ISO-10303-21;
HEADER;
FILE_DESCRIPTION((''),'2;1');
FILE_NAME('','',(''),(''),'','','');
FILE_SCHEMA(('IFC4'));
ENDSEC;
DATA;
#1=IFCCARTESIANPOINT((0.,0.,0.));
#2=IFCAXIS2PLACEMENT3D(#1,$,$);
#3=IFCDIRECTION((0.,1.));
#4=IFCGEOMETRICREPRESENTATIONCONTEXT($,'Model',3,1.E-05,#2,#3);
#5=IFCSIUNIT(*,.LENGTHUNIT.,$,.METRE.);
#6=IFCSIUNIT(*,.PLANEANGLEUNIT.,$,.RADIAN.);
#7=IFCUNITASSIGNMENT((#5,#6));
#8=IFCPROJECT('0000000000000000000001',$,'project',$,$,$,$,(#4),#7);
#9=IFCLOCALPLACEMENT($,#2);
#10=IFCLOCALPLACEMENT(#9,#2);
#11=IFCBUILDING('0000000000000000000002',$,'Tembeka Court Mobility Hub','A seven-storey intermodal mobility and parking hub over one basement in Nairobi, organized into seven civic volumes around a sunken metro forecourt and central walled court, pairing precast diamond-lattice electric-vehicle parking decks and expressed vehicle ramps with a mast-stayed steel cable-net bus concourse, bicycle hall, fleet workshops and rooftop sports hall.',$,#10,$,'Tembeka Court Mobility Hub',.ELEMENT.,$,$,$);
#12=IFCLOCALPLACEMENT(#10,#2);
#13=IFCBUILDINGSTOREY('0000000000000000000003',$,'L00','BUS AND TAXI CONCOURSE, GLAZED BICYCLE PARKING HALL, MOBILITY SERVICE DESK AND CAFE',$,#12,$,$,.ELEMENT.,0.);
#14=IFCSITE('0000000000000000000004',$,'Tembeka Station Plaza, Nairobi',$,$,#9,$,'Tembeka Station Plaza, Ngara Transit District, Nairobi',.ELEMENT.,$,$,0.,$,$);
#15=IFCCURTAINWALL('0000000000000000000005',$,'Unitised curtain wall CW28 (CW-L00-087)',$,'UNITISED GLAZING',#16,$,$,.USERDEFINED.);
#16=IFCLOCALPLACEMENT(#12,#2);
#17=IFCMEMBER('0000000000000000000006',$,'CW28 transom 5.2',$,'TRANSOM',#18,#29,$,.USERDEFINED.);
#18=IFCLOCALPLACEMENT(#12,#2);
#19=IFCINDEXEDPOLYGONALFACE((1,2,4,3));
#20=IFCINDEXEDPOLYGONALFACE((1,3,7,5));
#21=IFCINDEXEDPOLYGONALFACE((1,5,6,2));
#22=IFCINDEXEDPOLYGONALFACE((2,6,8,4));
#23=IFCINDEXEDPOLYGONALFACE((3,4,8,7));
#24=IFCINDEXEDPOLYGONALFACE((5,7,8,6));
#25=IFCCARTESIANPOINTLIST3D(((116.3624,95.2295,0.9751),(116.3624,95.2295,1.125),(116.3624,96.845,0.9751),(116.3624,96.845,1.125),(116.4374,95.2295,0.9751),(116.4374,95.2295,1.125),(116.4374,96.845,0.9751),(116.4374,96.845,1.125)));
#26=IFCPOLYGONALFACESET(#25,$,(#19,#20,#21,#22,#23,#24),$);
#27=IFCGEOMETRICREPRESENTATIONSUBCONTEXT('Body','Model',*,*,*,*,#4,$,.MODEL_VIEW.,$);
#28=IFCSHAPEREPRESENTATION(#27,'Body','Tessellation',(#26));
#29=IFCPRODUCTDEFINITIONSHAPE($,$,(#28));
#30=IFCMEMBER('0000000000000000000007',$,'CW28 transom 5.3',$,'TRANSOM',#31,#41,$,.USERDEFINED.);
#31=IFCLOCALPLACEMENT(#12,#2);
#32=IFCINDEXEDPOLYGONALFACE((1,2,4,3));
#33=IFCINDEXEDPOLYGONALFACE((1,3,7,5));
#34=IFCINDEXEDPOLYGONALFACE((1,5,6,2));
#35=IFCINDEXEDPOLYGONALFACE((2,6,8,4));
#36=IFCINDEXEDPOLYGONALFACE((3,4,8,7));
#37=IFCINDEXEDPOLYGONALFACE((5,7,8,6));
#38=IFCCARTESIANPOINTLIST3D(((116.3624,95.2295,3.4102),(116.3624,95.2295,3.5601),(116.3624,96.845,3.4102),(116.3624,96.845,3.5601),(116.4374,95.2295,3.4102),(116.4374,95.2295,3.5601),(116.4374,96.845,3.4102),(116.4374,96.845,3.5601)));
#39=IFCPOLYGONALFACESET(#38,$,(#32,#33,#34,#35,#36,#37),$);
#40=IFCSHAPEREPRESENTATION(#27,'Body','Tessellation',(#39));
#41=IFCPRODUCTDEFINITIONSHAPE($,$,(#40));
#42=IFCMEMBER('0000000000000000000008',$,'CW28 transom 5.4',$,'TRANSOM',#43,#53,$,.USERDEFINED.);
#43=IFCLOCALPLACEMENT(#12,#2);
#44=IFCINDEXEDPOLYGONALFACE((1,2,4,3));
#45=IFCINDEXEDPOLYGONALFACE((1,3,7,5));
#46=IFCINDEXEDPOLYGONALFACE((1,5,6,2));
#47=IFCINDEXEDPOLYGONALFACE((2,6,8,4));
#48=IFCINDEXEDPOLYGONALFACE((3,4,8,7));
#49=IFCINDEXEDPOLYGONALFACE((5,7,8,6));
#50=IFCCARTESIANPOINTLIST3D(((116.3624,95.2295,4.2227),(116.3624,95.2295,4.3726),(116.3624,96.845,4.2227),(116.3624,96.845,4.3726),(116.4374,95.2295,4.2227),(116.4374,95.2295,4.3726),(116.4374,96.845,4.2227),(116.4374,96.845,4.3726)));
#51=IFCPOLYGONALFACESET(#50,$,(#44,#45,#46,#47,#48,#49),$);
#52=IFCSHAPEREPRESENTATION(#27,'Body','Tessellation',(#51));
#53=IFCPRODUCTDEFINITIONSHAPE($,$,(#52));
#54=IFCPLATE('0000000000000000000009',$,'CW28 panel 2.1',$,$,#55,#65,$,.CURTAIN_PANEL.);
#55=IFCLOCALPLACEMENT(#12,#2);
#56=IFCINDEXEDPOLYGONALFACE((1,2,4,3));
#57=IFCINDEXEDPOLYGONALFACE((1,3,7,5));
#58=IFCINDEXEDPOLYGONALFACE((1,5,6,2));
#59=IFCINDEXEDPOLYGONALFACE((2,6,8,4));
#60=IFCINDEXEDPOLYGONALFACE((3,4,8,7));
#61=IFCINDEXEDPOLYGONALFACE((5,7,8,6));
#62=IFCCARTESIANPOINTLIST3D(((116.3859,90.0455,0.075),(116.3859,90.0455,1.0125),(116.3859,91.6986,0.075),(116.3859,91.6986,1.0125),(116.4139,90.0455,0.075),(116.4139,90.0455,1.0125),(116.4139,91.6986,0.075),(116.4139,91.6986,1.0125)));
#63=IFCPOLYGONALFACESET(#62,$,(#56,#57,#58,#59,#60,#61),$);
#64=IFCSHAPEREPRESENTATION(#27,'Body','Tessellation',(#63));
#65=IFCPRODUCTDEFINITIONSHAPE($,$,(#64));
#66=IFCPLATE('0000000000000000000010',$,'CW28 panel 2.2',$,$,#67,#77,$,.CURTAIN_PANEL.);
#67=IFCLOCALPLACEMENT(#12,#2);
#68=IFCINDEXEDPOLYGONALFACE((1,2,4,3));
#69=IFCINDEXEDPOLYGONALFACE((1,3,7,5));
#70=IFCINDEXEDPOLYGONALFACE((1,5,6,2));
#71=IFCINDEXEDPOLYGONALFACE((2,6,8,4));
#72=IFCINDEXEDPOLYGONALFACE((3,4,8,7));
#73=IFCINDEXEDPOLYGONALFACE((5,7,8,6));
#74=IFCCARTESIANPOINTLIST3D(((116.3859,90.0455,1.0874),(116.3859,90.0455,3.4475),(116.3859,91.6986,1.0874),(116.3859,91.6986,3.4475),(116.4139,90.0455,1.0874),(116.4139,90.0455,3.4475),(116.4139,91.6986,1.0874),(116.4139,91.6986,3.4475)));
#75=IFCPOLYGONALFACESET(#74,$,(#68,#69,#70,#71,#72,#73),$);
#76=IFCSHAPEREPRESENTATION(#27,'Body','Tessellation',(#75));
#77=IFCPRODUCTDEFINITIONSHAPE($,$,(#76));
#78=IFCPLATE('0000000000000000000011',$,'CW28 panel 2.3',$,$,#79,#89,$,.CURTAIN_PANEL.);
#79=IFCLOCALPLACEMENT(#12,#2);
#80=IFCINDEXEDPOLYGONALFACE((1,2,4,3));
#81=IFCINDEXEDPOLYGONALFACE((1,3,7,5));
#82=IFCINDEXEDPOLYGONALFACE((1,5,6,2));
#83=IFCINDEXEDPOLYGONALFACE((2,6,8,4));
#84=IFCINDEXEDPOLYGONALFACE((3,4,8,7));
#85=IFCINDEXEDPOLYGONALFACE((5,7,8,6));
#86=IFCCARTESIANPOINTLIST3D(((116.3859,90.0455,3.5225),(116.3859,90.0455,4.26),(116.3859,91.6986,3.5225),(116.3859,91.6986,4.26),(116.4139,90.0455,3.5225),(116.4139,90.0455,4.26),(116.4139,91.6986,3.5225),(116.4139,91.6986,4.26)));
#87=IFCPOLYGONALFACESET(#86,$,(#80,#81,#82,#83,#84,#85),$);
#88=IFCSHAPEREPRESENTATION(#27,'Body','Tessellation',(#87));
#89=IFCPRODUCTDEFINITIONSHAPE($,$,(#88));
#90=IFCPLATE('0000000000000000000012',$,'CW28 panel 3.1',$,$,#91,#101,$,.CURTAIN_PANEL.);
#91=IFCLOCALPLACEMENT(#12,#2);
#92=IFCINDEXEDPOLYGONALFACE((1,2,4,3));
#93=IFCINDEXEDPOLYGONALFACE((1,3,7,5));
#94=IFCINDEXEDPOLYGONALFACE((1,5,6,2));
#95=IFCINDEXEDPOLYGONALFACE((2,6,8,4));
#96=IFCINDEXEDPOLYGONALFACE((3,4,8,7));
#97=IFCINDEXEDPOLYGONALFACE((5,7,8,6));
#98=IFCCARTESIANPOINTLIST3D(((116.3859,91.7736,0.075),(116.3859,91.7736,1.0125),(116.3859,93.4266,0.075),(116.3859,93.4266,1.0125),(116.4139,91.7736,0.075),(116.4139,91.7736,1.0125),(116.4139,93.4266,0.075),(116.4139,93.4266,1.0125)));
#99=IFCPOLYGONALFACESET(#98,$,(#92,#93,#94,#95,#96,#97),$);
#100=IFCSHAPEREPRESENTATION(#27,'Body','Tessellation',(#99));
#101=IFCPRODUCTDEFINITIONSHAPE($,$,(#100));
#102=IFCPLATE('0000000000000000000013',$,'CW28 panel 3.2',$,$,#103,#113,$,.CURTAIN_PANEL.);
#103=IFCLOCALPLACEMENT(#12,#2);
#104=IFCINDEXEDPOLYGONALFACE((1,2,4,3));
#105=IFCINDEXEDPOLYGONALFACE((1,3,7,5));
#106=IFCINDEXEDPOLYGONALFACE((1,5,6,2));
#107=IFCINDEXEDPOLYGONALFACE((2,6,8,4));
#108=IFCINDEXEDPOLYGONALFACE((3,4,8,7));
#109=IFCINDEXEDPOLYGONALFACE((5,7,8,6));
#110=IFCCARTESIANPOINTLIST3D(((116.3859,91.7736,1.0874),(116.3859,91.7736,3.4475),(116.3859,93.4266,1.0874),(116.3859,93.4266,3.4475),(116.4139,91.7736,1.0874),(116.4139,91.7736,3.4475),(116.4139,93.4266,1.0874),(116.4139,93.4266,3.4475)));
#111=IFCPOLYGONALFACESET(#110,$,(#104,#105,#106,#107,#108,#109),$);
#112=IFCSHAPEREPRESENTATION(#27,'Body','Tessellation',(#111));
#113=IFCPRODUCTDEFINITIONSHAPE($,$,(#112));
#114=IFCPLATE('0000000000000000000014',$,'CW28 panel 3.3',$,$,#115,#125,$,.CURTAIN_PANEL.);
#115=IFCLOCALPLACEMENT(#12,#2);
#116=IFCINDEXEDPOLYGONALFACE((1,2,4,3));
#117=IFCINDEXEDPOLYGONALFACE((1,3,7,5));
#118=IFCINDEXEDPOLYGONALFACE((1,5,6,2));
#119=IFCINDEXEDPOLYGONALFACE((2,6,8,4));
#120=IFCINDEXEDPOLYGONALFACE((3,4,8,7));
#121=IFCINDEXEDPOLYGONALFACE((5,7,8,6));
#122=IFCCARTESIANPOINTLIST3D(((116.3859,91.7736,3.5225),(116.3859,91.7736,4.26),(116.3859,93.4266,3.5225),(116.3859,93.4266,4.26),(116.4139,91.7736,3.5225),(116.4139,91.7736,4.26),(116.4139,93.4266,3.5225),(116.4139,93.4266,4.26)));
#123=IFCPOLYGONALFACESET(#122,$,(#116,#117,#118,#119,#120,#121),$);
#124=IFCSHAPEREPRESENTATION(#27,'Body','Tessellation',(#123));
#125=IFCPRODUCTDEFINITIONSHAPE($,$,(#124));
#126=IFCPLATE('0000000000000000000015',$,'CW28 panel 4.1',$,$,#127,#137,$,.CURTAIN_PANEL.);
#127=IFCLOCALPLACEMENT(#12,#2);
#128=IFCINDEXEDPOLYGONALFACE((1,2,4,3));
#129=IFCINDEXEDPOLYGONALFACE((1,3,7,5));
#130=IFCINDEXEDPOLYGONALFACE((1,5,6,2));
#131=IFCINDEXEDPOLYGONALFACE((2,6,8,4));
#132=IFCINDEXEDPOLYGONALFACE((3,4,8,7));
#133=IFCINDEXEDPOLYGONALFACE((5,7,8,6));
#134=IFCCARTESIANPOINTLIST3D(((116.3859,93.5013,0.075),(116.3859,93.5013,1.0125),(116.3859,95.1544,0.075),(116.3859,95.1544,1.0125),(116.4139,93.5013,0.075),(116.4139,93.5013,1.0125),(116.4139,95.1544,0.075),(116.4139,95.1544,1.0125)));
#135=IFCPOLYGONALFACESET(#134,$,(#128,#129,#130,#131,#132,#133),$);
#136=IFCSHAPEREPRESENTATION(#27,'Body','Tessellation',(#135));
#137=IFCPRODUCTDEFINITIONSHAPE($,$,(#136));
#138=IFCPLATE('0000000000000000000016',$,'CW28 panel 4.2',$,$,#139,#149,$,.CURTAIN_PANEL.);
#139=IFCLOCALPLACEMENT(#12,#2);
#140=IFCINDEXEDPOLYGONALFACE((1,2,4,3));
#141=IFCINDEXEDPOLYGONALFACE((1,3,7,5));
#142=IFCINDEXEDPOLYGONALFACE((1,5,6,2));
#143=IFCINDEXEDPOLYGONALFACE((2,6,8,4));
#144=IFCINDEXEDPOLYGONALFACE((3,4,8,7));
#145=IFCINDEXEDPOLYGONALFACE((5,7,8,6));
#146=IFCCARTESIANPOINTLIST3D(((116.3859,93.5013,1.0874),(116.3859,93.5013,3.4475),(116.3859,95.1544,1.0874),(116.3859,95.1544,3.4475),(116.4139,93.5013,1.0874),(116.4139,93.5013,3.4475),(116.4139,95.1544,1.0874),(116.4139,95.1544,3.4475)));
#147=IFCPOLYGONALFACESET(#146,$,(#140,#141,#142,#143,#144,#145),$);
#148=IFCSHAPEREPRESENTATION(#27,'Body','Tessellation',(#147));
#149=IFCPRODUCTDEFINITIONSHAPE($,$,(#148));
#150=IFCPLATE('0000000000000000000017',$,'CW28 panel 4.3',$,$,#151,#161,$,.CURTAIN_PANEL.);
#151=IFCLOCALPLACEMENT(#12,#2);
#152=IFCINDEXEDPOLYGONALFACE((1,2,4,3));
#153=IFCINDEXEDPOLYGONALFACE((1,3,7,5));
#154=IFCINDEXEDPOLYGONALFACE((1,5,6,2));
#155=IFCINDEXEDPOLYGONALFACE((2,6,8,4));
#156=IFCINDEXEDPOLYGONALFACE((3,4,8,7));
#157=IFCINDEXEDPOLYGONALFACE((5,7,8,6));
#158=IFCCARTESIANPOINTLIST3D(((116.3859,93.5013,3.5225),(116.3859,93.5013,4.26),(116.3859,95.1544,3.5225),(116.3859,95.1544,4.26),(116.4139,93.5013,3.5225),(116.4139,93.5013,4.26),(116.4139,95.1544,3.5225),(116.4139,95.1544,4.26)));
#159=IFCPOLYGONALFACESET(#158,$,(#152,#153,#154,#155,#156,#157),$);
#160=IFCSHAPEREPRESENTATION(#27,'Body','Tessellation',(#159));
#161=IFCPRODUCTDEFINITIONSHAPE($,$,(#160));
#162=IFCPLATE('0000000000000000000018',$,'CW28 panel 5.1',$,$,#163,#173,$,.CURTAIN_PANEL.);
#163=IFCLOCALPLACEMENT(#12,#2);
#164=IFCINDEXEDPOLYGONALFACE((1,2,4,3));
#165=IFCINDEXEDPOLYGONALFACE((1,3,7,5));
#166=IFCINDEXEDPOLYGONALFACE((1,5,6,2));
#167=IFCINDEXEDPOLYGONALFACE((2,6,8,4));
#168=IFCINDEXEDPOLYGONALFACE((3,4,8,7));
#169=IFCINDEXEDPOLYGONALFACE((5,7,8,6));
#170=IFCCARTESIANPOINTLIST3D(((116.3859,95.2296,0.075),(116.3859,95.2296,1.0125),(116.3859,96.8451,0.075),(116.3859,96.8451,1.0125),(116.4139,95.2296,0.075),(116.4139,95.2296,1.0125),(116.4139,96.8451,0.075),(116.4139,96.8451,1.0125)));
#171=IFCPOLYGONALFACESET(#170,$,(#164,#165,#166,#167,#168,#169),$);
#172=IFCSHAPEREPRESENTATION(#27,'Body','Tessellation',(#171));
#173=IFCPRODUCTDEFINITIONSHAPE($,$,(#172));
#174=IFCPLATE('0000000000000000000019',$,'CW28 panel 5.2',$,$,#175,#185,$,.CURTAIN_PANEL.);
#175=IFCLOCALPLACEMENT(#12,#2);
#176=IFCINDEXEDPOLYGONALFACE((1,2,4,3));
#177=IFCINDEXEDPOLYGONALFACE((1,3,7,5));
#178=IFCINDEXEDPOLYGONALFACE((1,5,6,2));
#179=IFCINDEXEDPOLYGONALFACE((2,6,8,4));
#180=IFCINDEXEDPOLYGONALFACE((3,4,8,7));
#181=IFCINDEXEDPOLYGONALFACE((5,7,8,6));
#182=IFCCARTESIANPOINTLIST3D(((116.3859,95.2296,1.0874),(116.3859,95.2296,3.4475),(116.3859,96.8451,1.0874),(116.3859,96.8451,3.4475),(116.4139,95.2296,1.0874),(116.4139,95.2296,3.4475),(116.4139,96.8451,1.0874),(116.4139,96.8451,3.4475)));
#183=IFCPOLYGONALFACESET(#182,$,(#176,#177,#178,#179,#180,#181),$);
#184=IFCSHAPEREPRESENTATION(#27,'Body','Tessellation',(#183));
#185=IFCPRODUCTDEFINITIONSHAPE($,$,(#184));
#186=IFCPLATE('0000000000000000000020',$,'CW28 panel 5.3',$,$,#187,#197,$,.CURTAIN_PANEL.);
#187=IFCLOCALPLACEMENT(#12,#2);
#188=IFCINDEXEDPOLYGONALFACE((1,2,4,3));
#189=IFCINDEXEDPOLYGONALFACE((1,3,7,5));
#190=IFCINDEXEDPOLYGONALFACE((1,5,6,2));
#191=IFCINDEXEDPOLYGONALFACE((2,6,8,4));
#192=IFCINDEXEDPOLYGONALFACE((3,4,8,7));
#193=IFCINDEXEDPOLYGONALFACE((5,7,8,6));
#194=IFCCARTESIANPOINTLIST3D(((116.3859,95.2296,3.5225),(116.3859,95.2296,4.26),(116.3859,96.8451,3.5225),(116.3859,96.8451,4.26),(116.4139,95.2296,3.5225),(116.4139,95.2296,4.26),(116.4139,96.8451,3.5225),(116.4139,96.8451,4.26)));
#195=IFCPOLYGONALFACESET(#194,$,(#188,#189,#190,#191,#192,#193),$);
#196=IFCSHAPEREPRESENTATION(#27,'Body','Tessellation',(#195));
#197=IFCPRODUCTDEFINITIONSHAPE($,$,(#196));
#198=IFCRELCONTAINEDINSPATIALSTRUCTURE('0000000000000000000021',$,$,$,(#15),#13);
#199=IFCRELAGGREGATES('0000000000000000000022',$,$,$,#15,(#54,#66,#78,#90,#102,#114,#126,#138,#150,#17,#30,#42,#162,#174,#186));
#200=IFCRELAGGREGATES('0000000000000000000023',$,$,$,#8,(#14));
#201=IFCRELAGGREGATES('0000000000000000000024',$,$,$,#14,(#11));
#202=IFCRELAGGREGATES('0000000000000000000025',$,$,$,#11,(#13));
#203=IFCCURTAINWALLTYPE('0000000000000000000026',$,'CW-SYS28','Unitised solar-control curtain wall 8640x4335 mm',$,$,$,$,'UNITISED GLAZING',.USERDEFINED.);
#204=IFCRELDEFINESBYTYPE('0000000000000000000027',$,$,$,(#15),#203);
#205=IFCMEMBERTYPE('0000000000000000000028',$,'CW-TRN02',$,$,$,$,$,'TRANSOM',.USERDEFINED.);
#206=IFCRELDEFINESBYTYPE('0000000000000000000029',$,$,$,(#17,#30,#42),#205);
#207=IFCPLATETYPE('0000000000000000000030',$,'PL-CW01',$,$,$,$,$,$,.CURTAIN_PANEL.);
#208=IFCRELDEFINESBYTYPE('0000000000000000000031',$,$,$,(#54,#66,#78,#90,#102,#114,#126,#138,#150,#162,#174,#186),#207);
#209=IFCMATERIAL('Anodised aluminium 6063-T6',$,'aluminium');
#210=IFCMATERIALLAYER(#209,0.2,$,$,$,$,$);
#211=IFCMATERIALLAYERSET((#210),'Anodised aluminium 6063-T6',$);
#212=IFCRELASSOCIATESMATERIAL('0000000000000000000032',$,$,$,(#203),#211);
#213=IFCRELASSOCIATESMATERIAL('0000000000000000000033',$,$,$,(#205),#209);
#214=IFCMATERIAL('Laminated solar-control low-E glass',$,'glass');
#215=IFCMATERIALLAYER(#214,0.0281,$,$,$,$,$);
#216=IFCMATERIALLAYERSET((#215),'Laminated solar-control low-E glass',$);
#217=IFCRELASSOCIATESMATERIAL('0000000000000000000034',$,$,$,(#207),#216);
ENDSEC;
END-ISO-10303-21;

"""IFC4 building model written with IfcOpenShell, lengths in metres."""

from ifc_helpers import new_model, si_unit, direction, frame, origin, origin_2d, place, context, subcontext, project, spatial, rectangle, extrude, material, layer, layer_set, material_profile, profile_set, type_object, element, aggregate, save


model = new_model("IFC4")

# Units and contexts
model_context = context("Model", 3, precision=1e-05, world=origin(), true_north=direction((0.0, 1.0)))
body_context = subcontext(model_context, "Body", "Model", "MODEL_VIEW")
ifc_project = project(units=[si_unit("LENGTHUNIT", "METRE"), si_unit("PLANEANGLEUNIT", "RADIAN")], contexts=[model_context])

# Site, building, storey
site_placement = place(None, origin())
site = spatial("IfcSite", under=ifc_project, at=site_placement, Name="Tembeka Station Plaza, Nairobi", LongName="Tembeka Station Plaza, Ngara Transit District, Nairobi", CompositionType="ELEMENT", RefElevation=0.0)
building_placement = place(site_placement, origin())
building = spatial("IfcBuilding", under=site, at=building_placement, Name="Tembeka Court Mobility Hub", Description="A seven-storey intermodal mobility and parking hub over one basement in Nairobi, organized into seven civic volumes around a sunken metro forecourt and central walled court, pairing precast diamond-lattice electric-vehicle parking decks and expressed vehicle ramps with a mast-stayed steel cable-net bus concourse, bicycle hall, fleet workshops and rooftop sports hall.", LongName="Tembeka Court Mobility Hub", CompositionType="ELEMENT")
storey_placement = place(building_placement, origin())
storey = spatial("IfcBuildingStorey", under=building, at=storey_placement, Name="L00", Description="BUS AND TAXI CONCOURSE, GLAZED BICYCLE PARKING HALL, MOBILITY SERVICE DESK AND CAFE", CompositionType="ELEMENT", Elevation=0.0)

# Curtain wall, members, plates
ifc_material_1 = material(Name="Anodised aluminium 6063-T6", Category="aluminium")
ifc_layer_1 = layer(ifc_material_1, 0.2)
ifc_layer_set_1 = layer_set([ifc_layer_1], Name="Anodised aluminium 6063-T6")
curtain_wall_type = type_object("IfcCurtainWallType", Name="CW-SYS28", Description="Unitised solar-control curtain wall 8640x4335 mm", ElementType="UNITISED GLAZING", PredefinedType="USERDEFINED", material=ifc_layer_set_1)
curtain_wall_placement = place(storey_placement, origin())
curtain_wall = element("IfcCurtainWall", 1, at=curtain_wall_placement, inside=storey, type_object=curtain_wall_type, Name="Unitised curtain wall CW28 (CW-L00-087)", ObjectType="UNITISED GLAZING", PredefinedType="USERDEFINED")
ifc_material_profile_1 = material_profile(ifc_material_1, rectangle(XDim=0.075, YDim=0.1499, at=origin_2d()), Name="ALU-TRN 75x150")
ifc_profile_set_1 = profile_set([ifc_material_profile_1], Name="Anodised aluminium 6063-T6")
member_type_1 = type_object("IfcMemberType", Name="CW-TRN02", ElementType="TRANSOM", PredefinedType="USERDEFINED", material=ifc_profile_set_1)
member_1_placement = place(storey_placement, frame((116.3999, 95.2295, 1.05), z_axis=(0.0, 1.0, 0.0), x_axis=(-1.0, 0.0, 0.0)))
member_1 = element("IfcMember", 2, at=member_1_placement, type_object=member_type_1, Name="CW28 transom 5.2", ObjectType="TRANSOM", PredefinedType="USERDEFINED", context=body_context, shape_type="SweptSolid", body=[
    extrude(rectangle(XDim=0.075, YDim=0.1499, at=origin_2d()), origin(), (0.0, 0.0, 1.0), 1.6155),
])
member_2_placement = place(storey_placement, frame((116.3999, 95.2295, 3.4851), z_axis=(0.0, 1.0, 0.0), x_axis=(-1.0, 0.0, 0.0)))
member_2 = element("IfcMember", 3, at=member_2_placement, type_object=member_type_1, Name="CW28 transom 5.3", ObjectType="TRANSOM", PredefinedType="USERDEFINED", context=body_context, shape_type="SweptSolid", body=[
    extrude(rectangle(XDim=0.075, YDim=0.1499, at=origin_2d()), origin(), (0.0, 0.0, 1.0), 1.6155),
])
member_3_placement = place(storey_placement, frame((116.3999, 95.2295, 4.2976), z_axis=(0.0, 1.0, 0.0), x_axis=(-1.0, 0.0, 0.0)))
member_3 = element("IfcMember", 4, at=member_3_placement, type_object=member_type_1, Name="CW28 transom 5.4", ObjectType="TRANSOM", PredefinedType="USERDEFINED", context=body_context, shape_type="SweptSolid", body=[
    extrude(rectangle(XDim=0.075, YDim=0.1499, at=origin_2d()), origin(), (0.0, 0.0, 1.0), 1.6155),
])
ifc_material_2 = material(Name="Laminated solar-control low-E glass", Category="glass")
ifc_layer_2 = layer(ifc_material_2, 0.0281)
ifc_layer_set_2 = layer_set([ifc_layer_2], Name="Laminated solar-control low-E glass")
plate_type = type_object("IfcPlateType", Name="PL-CW01", PredefinedType="CURTAIN_PANEL", material=ifc_layer_set_2)
plate_1_placement = place(storey_placement, frame((116.3999, 90.8721, 0.075), z_axis=(0.0, 0.0, 1.0), x_axis=(0.0, 1.0, 0.0)))
plate_1 = element("IfcPlate", 5, at=plate_1_placement, type_object=plate_type, Name="CW28 panel 2.1", PredefinedType="CURTAIN_PANEL", context=body_context, shape_type="SweptSolid", body=[
    extrude(rectangle(XDim=1.6531, YDim=0.0281, at=origin_2d()), origin(), (0.0, 0.0, 1.0), 0.9375),
])
plate_2_placement = place(storey_placement, frame((116.3999, 90.8721, 1.0874), z_axis=(0.0, 0.0, 1.0), x_axis=(0.0, 1.0, 0.0)))
plate_2 = element("IfcPlate", 6, at=plate_2_placement, type_object=plate_type, Name="CW28 panel 2.2", PredefinedType="CURTAIN_PANEL", context=body_context, shape_type="SweptSolid", body=[
    extrude(rectangle(XDim=1.6531, YDim=0.0281, at=origin_2d()), origin(), (0.0, 0.0, 1.0), 2.3601),
])
plate_3_placement = place(storey_placement, frame((116.3999, 90.8721, 3.5225), z_axis=(0.0, 0.0, 1.0), x_axis=(0.0, 1.0, 0.0)))
plate_3 = element("IfcPlate", 7, at=plate_3_placement, type_object=plate_type, Name="CW28 panel 2.3", PredefinedType="CURTAIN_PANEL", context=body_context, shape_type="SweptSolid", body=[
    extrude(rectangle(XDim=1.6531, YDim=0.0281, at=origin_2d()), origin(), (0.0, 0.0, 1.0), 0.7375),
])
plate_4_placement = place(storey_placement, frame((116.3999, 92.6001, 0.075), z_axis=(0.0, 0.0, 1.0), x_axis=(0.0, 1.0, 0.0)))
plate_4 = element("IfcPlate", 8, at=plate_4_placement, type_object=plate_type, Name="CW28 panel 3.1", PredefinedType="CURTAIN_PANEL", context=body_context, shape_type="SweptSolid", body=[
    extrude(rectangle(XDim=1.6531, YDim=0.0281, at=origin_2d()), origin(), (0.0, 0.0, 1.0), 0.9375),
])
plate_5_placement = place(storey_placement, frame((116.3999, 92.6001, 1.0874), z_axis=(0.0, 0.0, 1.0), x_axis=(0.0, 1.0, 0.0)))
plate_5 = element("IfcPlate", 9, at=plate_5_placement, type_object=plate_type, Name="CW28 panel 3.2", PredefinedType="CURTAIN_PANEL", context=body_context, shape_type="SweptSolid", body=[
    extrude(rectangle(XDim=1.6531, YDim=0.0281, at=origin_2d()), origin(), (0.0, 0.0, 1.0), 2.3601),
])
plate_6_placement = place(storey_placement, frame((116.3999, 92.6001, 3.5225), z_axis=(0.0, 0.0, 1.0), x_axis=(0.0, 1.0, 0.0)))
plate_6 = element("IfcPlate", 10, at=plate_6_placement, type_object=plate_type, Name="CW28 panel 3.3", PredefinedType="CURTAIN_PANEL", context=body_context, shape_type="SweptSolid", body=[
    extrude(rectangle(XDim=1.6531, YDim=0.0281, at=origin_2d()), origin(), (0.0, 0.0, 1.0), 0.7375),
])
plate_7_placement = place(storey_placement, frame((116.3999, 94.3279, 0.075), z_axis=(0.0, 0.0, 1.0), x_axis=(0.0, 1.0, 0.0)))
plate_7 = element("IfcPlate", 11, at=plate_7_placement, type_object=plate_type, Name="CW28 panel 4.1", PredefinedType="CURTAIN_PANEL", context=body_context, shape_type="SweptSolid", body=[
    extrude(rectangle(XDim=1.6531, YDim=0.0281, at=origin_2d()), origin(), (0.0, 0.0, 1.0), 0.9375),
])
plate_8_placement = place(storey_placement, frame((116.3999, 94.3279, 1.0874), z_axis=(0.0, 0.0, 1.0), x_axis=(0.0, 1.0, 0.0)))
plate_8 = element("IfcPlate", 12, at=plate_8_placement, type_object=plate_type, Name="CW28 panel 4.2", PredefinedType="CURTAIN_PANEL", context=body_context, shape_type="SweptSolid", body=[
    extrude(rectangle(XDim=1.6531, YDim=0.0281, at=origin_2d()), origin(), (0.0, 0.0, 1.0), 2.3601),
])
plate_9_placement = place(storey_placement, frame((116.3999, 94.3279, 3.5225), z_axis=(0.0, 0.0, 1.0), x_axis=(0.0, 1.0, 0.0)))
plate_9 = element("IfcPlate", 13, at=plate_9_placement, type_object=plate_type, Name="CW28 panel 4.3", PredefinedType="CURTAIN_PANEL", context=body_context, shape_type="SweptSolid", body=[
    extrude(rectangle(XDim=1.6531, YDim=0.0281, at=origin_2d()), origin(), (0.0, 0.0, 1.0), 0.7375),
])
plate_10_placement = place(storey_placement, frame((116.3999, 96.0374, 0.075), z_axis=(0.0, 0.0, 1.0), x_axis=(0.0, 1.0, 0.0)))
plate_10 = element("IfcPlate", 14, at=plate_10_placement, type_object=plate_type, Name="CW28 panel 5.1", PredefinedType="CURTAIN_PANEL", context=body_context, shape_type="SweptSolid", body=[
    extrude(rectangle(XDim=1.6155, YDim=0.0281, at=origin_2d()), origin(), (0.0, 0.0, 1.0), 0.9375),
])
plate_11_placement = place(storey_placement, frame((116.3999, 96.0374, 1.0874), z_axis=(0.0, 0.0, 1.0), x_axis=(0.0, 1.0, 0.0)))
plate_11 = element("IfcPlate", 15, at=plate_11_placement, type_object=plate_type, Name="CW28 panel 5.2", PredefinedType="CURTAIN_PANEL", context=body_context, shape_type="SweptSolid", body=[
    extrude(rectangle(XDim=1.6155, YDim=0.0281, at=origin_2d()), origin(), (0.0, 0.0, 1.0), 2.3601),
])
plate_12_placement = place(storey_placement, frame((116.3999, 96.0374, 3.5225), z_axis=(0.0, 0.0, 1.0), x_axis=(0.0, 1.0, 0.0)))
plate_12 = element("IfcPlate", 16, at=plate_12_placement, type_object=plate_type, Name="CW28 panel 5.3", PredefinedType="CURTAIN_PANEL", context=body_context, shape_type="SweptSolid", body=[
    extrude(rectangle(XDim=1.6155, YDim=0.0281, at=origin_2d()), origin(), (0.0, 0.0, 1.0), 0.7375),
])
aggregate(curtain_wall, [plate_1, plate_2, plate_3, plate_4, plate_5, plate_6, plate_7, plate_8, plate_9, member_1, member_2, member_3, plate_10, plate_11, plate_12])

save(model, "model.ifc")
